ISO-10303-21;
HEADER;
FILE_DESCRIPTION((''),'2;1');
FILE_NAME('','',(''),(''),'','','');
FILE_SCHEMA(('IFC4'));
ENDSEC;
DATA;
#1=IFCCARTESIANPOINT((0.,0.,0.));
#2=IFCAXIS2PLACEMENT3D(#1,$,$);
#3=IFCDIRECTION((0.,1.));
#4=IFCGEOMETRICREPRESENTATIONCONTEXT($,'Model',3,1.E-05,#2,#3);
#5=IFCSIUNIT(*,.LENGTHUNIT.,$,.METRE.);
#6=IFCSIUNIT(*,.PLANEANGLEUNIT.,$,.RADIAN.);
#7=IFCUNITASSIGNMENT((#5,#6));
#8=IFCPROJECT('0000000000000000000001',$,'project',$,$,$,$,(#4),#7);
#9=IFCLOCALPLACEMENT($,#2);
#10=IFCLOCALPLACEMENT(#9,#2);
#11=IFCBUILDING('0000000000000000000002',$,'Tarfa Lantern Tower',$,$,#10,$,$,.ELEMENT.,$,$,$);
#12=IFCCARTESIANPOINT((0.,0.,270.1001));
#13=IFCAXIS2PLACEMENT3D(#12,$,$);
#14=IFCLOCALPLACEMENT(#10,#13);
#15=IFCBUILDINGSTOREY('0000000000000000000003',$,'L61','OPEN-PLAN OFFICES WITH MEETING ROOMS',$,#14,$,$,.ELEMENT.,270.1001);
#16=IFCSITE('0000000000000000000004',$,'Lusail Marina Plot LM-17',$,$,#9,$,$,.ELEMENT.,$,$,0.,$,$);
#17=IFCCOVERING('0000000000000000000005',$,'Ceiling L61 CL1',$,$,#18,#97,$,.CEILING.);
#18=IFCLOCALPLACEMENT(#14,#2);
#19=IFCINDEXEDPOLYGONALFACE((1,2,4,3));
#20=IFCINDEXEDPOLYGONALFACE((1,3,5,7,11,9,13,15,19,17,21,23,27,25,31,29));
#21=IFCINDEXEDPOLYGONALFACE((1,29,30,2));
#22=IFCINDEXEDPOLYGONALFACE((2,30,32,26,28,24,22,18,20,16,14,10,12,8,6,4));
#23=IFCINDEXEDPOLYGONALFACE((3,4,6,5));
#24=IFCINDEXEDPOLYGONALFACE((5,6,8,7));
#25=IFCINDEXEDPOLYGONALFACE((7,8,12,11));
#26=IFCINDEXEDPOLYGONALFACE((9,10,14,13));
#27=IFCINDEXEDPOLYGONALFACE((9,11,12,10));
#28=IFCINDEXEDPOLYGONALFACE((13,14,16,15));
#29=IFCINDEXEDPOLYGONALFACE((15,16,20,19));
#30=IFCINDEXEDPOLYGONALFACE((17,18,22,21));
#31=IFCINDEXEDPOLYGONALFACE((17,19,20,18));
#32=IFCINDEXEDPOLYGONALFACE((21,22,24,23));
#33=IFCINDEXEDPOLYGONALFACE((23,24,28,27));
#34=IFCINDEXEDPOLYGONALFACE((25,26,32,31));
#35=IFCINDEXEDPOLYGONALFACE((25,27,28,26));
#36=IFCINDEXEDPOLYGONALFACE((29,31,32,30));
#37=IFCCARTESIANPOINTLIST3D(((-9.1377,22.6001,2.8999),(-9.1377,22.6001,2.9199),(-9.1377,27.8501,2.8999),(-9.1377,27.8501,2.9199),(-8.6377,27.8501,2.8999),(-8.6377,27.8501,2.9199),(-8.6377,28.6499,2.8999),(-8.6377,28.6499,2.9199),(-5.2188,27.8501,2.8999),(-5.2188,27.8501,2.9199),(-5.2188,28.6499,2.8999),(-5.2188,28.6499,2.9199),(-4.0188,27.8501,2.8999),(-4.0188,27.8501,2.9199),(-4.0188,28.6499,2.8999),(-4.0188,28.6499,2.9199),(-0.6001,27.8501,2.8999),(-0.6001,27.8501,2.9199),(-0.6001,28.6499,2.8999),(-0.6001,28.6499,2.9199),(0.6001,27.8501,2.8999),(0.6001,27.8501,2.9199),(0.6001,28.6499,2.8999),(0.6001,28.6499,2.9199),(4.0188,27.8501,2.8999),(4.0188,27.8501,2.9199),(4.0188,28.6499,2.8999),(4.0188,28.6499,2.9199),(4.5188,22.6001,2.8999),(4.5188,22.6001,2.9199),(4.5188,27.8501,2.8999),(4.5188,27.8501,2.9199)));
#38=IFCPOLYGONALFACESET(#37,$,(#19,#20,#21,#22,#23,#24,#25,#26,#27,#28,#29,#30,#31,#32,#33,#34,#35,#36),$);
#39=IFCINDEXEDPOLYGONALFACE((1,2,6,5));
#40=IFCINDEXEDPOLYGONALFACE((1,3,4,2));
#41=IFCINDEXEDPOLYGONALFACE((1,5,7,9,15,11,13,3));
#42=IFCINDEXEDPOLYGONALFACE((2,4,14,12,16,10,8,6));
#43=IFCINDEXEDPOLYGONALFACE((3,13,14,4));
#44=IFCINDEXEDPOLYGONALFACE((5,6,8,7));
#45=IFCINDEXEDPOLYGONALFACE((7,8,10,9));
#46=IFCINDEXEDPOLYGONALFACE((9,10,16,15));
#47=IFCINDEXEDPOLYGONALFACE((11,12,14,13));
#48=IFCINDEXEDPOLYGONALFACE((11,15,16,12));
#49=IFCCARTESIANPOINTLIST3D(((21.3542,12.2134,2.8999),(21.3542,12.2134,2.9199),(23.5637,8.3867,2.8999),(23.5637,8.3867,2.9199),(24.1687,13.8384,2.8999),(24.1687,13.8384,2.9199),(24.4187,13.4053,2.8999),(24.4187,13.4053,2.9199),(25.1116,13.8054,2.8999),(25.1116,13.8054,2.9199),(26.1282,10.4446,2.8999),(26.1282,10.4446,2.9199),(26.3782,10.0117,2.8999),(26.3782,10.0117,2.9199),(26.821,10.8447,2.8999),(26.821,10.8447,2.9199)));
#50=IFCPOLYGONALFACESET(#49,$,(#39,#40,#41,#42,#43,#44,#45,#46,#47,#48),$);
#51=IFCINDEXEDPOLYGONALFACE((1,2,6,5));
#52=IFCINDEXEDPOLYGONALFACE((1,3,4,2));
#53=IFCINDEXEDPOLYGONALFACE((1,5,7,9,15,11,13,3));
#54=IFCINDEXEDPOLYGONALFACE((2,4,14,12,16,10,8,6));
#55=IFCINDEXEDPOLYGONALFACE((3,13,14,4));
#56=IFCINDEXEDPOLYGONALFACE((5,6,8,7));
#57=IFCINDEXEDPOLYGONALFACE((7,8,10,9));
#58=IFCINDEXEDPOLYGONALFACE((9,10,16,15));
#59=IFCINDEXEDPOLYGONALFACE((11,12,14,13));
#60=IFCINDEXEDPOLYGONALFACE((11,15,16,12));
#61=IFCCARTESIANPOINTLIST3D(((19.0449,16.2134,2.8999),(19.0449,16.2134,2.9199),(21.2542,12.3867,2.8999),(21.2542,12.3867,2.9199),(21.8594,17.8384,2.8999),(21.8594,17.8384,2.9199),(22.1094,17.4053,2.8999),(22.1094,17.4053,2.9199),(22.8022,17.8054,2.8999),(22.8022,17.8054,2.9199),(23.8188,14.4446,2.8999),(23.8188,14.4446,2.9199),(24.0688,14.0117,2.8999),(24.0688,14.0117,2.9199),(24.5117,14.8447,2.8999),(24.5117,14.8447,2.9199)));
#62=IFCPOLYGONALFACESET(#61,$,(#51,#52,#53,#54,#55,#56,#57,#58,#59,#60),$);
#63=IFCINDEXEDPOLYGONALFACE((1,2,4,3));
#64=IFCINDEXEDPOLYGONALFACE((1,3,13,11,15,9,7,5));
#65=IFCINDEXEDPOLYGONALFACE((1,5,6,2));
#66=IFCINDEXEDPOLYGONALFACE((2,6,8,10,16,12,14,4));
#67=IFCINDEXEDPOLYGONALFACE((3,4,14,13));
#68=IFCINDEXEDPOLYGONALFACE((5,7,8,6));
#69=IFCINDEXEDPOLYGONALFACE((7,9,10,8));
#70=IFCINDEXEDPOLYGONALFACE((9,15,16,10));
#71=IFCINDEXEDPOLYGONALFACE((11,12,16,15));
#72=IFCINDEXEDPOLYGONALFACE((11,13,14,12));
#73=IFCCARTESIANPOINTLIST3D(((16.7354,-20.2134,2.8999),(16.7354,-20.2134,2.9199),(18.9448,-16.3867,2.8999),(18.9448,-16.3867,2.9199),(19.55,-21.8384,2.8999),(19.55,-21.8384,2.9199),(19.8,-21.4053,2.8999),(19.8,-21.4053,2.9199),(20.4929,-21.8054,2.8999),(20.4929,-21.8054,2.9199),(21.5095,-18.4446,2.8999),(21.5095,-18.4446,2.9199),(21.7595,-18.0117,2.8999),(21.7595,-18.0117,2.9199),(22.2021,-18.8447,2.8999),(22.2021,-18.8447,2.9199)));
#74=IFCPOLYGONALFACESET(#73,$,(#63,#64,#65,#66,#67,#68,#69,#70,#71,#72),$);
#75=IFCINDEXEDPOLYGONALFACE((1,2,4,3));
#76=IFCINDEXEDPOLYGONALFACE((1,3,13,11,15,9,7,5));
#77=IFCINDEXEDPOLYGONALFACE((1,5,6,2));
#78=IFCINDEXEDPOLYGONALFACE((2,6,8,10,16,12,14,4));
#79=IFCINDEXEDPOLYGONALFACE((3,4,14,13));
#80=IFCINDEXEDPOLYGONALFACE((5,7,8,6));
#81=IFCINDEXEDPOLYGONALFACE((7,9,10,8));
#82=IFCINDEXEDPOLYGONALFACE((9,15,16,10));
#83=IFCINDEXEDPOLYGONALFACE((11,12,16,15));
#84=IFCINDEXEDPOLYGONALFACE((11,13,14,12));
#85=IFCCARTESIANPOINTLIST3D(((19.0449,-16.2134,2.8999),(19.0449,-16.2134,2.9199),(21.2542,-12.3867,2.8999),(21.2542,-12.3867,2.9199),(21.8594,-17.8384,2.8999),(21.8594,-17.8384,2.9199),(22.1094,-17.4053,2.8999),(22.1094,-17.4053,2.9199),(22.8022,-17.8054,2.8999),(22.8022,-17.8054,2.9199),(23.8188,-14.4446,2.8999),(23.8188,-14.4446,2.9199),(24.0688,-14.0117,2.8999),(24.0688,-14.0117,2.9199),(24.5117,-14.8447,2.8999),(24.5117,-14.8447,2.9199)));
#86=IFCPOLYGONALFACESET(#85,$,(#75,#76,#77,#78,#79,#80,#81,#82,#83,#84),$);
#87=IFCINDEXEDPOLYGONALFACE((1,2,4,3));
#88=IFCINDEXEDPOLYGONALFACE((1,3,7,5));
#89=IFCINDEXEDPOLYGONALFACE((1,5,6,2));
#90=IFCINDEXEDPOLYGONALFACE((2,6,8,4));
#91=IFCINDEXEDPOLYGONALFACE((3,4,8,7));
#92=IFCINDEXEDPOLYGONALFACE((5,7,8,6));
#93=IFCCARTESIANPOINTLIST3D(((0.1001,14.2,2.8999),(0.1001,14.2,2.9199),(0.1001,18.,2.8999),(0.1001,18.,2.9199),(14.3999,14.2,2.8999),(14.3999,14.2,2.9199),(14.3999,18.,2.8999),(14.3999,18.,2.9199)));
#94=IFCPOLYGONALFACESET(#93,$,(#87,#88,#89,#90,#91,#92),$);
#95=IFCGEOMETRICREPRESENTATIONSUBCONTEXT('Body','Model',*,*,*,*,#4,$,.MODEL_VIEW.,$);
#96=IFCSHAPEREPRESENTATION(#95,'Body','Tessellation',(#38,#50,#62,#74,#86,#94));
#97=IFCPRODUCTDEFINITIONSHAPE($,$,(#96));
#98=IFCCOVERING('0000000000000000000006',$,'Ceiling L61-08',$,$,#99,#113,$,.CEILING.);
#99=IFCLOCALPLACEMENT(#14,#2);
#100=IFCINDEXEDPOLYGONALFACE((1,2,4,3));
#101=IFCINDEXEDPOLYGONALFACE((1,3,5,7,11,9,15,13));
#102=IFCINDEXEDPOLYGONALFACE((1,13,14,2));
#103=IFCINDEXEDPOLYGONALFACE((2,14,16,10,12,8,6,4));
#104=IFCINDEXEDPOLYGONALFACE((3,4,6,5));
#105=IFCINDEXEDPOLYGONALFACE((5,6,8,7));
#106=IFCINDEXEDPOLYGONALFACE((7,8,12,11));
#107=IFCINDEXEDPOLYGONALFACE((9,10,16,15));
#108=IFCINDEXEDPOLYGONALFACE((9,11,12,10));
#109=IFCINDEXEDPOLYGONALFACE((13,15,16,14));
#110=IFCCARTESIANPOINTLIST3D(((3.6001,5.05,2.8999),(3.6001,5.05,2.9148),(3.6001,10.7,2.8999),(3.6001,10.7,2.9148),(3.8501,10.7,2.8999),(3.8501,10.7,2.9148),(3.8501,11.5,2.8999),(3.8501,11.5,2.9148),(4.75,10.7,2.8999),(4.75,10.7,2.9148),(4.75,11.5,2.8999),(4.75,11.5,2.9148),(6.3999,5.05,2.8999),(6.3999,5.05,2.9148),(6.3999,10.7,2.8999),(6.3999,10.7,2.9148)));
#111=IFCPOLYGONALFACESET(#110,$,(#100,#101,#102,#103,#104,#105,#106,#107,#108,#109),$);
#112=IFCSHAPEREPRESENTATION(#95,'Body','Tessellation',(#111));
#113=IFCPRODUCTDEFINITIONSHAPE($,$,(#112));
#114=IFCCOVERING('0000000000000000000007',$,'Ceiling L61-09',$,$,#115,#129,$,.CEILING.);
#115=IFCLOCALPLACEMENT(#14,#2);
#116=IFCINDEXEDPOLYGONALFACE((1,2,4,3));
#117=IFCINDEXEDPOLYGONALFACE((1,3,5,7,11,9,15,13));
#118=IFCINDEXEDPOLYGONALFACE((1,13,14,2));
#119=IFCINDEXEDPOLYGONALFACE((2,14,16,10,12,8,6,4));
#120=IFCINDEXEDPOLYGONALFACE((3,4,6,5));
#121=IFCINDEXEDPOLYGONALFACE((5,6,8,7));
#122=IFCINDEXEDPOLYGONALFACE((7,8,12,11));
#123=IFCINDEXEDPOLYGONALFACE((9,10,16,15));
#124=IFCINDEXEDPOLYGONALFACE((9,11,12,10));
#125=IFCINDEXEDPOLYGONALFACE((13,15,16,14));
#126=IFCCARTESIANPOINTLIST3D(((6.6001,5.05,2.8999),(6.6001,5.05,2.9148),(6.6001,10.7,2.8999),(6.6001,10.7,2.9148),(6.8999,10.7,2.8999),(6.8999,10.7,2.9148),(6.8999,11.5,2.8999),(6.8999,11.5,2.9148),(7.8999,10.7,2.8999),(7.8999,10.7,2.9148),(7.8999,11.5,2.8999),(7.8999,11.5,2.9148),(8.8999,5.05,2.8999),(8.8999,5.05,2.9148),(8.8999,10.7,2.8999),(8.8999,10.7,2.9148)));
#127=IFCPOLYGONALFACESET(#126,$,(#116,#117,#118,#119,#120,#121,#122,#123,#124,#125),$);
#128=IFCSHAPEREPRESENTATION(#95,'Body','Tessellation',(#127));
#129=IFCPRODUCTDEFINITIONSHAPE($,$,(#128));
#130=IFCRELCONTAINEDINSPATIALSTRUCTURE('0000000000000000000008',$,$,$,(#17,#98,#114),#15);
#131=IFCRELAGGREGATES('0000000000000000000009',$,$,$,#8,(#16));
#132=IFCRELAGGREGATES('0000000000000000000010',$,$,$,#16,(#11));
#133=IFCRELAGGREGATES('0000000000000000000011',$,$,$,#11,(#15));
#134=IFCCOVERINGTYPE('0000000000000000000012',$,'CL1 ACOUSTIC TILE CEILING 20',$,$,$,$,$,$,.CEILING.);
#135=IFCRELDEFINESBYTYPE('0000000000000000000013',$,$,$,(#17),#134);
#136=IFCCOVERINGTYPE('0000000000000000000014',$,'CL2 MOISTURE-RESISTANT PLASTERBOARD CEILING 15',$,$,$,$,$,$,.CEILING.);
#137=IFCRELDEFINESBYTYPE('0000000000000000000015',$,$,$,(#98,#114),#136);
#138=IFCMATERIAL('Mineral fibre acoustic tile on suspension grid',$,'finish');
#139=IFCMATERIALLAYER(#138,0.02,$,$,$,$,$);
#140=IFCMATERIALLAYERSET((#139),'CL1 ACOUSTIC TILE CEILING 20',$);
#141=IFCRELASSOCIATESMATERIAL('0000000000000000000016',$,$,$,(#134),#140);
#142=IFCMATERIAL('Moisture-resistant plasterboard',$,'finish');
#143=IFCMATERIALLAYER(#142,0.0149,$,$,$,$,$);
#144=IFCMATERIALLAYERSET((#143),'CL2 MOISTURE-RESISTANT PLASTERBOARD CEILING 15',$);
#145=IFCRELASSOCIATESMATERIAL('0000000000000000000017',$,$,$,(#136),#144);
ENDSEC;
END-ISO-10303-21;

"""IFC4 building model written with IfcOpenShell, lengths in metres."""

from ifc_helpers import new_model, si_unit, direction, frame, origin, place, context, subcontext, project, spatial, polyline, outline, extrude, material, layer, layer_set, type_object, element, save


model = new_model("IFC4")

# Units and contexts
model_context = context("Model", 3, precision=1e-05, world=origin(), true_north=direction((0.0, 1.0)))
body_context = subcontext(model_context, "Body", "Model", "MODEL_VIEW")
ifc_project = project(units=[si_unit("LENGTHUNIT", "METRE"), si_unit("PLANEANGLEUNIT", "RADIAN")], contexts=[model_context])

# Site, building, storey
site_placement = place(None, origin())
site = spatial("IfcSite", under=ifc_project, at=site_placement, Name="Lusail Marina Plot LM-17", CompositionType="ELEMENT", RefElevation=0.0)
building_placement = place(site_placement, origin())
building = spatial("IfcBuilding", under=site, at=building_placement, Name="Tarfa Lantern Tower", CompositionType="ELEMENT")
storey_placement = place(building_placement, frame((0.0, 0.0, 270.1001)))
storey = spatial("IfcBuildingStorey", under=building, at=storey_placement, Name="L61", Description="OPEN-PLAN OFFICES WITH MEETING ROOMS", CompositionType="ELEMENT", Elevation=270.1001)

# Coverings
ifc_material_1 = material(Name="Mineral fibre acoustic tile on suspension grid", Category="finish")
ifc_layer_1 = layer(ifc_material_1, 0.02)
ifc_layer_set_1 = layer_set([ifc_layer_1], Name="CL1 ACOUSTIC TILE CEILING 20")
covering_type_1 = type_object("IfcCoveringType", Name="CL1 ACOUSTIC TILE CEILING 20", PredefinedType="CEILING", material=ifc_layer_set_1)
covering_1_placement = place(storey_placement, frame((0.0, 0.0, 2.8999)))
element("IfcCovering", 1, at=covering_1_placement, inside=storey, type_object=covering_type_1, Name="Ceiling L61 CL1", PredefinedType="CEILING", context=body_context, shape_type="SweptSolid", body=[
    extrude(outline(polyline([(4.5188, 22.6001), (-9.1377, 22.6001), (-9.1377, 27.8501), (-8.6377, 27.8501), (-8.6377, 28.6499), (-5.2188, 28.6499), (-5.2188, 27.8501), (-4.0188, 27.8501), (-4.0188, 28.6499), (-0.6001, 28.6499), (-0.6001, 27.8501), (0.6001, 27.8501), (0.6001, 28.6499), (4.0188, 28.6499), (4.0188, 27.8501), (4.5188, 27.8501), (4.5188, 22.6001)])), origin(), (0.0, 0.0, 1.0), 0.02),
    extrude(outline(polyline([(21.3542, 12.2134), (24.1687, 13.8384), (24.4187, 13.4053), (25.1116, 13.8054), (26.821, 10.8447), (26.1282, 10.4446), (26.3782, 10.0117), (23.5637, 8.3867), (21.3542, 12.2134)])), origin(), (0.0, 0.0, 1.0), 0.02),
    extrude(outline(polyline([(19.0449, 16.2134), (21.8594, 17.8384), (22.1094, 17.4053), (22.8022, 17.8054), (24.5117, 14.8447), (23.8188, 14.4446), (24.0688, 14.0117), (21.2542, 12.3867), (19.0449, 16.2134)])), origin(), (0.0, 0.0, 1.0), 0.02),
    extrude(outline(polyline([(18.9448, -16.3867), (21.7595, -18.0117), (21.5095, -18.4446), (22.2021, -18.8447), (20.4929, -21.8054), (19.8, -21.4053), (19.55, -21.8384), (16.7354, -20.2134), (18.9448, -16.3867)])), origin(), (0.0, 0.0, 1.0), 0.02),
    extrude(outline(polyline([(21.2542, -12.3867), (24.0688, -14.0117), (23.8188, -14.4446), (24.5117, -14.8447), (22.8022, -17.8054), (22.1094, -17.4053), (21.8594, -17.8384), (19.0449, -16.2134), (21.2542, -12.3867)])), origin(), (0.0, 0.0, 1.0), 0.02),
    extrude(outline(polyline([(0.1001, 18.0), (14.3999, 18.0), (14.3999, 14.2), (0.1001, 14.2), (0.1001, 18.0)])), origin(), (0.0, 0.0, 1.0), 0.02),
])
ifc_material_2 = material(Name="Moisture-resistant plasterboard", Category="finish")
ifc_layer_2 = layer(ifc_material_2, 0.0149)
ifc_layer_set_2 = layer_set([ifc_layer_2], Name="CL2 MOISTURE-RESISTANT PLASTERBOARD CEILING 15")
covering_type_2 = type_object("IfcCoveringType", Name="CL2 MOISTURE-RESISTANT PLASTERBOARD CEILING 15", PredefinedType="CEILING", material=ifc_layer_set_2)
covering_2_placement = place(storey_placement, frame((0.0, 0.0, 2.8999)))
element("IfcCovering", 2, at=covering_2_placement, inside=storey, type_object=covering_type_2, Name="Ceiling L61-08", PredefinedType="CEILING", context=body_context, shape_type="SweptSolid", body=[
    extrude(outline(polyline([(3.6001, 5.05), (6.3999, 5.05), (6.3999, 10.7), (4.75, 10.7), (4.75, 11.5), (3.8501, 11.5), (3.8501, 10.7), (3.6001, 10.7), (3.6001, 5.05)])), origin(), (0.0, 0.0, 1.0), 0.0149),
])
covering_3_placement = place(storey_placement, frame((0.0, 0.0, 2.8999)))
element("IfcCovering", 3, at=covering_3_placement, inside=storey, type_object=covering_type_2, Name="Ceiling L61-09", PredefinedType="CEILING", context=body_context, shape_type="SweptSolid", body=[
    extrude(outline(polyline([(6.6001, 5.05), (8.8999, 5.05), (8.8999, 10.7), (7.8999, 10.7), (7.8999, 11.5), (6.8999, 11.5), (6.8999, 10.7), (6.6001, 10.7), (6.6001, 5.05)])), origin(), (0.0, 0.0, 1.0), 0.0149),
])

save(model, "model.ifc")
